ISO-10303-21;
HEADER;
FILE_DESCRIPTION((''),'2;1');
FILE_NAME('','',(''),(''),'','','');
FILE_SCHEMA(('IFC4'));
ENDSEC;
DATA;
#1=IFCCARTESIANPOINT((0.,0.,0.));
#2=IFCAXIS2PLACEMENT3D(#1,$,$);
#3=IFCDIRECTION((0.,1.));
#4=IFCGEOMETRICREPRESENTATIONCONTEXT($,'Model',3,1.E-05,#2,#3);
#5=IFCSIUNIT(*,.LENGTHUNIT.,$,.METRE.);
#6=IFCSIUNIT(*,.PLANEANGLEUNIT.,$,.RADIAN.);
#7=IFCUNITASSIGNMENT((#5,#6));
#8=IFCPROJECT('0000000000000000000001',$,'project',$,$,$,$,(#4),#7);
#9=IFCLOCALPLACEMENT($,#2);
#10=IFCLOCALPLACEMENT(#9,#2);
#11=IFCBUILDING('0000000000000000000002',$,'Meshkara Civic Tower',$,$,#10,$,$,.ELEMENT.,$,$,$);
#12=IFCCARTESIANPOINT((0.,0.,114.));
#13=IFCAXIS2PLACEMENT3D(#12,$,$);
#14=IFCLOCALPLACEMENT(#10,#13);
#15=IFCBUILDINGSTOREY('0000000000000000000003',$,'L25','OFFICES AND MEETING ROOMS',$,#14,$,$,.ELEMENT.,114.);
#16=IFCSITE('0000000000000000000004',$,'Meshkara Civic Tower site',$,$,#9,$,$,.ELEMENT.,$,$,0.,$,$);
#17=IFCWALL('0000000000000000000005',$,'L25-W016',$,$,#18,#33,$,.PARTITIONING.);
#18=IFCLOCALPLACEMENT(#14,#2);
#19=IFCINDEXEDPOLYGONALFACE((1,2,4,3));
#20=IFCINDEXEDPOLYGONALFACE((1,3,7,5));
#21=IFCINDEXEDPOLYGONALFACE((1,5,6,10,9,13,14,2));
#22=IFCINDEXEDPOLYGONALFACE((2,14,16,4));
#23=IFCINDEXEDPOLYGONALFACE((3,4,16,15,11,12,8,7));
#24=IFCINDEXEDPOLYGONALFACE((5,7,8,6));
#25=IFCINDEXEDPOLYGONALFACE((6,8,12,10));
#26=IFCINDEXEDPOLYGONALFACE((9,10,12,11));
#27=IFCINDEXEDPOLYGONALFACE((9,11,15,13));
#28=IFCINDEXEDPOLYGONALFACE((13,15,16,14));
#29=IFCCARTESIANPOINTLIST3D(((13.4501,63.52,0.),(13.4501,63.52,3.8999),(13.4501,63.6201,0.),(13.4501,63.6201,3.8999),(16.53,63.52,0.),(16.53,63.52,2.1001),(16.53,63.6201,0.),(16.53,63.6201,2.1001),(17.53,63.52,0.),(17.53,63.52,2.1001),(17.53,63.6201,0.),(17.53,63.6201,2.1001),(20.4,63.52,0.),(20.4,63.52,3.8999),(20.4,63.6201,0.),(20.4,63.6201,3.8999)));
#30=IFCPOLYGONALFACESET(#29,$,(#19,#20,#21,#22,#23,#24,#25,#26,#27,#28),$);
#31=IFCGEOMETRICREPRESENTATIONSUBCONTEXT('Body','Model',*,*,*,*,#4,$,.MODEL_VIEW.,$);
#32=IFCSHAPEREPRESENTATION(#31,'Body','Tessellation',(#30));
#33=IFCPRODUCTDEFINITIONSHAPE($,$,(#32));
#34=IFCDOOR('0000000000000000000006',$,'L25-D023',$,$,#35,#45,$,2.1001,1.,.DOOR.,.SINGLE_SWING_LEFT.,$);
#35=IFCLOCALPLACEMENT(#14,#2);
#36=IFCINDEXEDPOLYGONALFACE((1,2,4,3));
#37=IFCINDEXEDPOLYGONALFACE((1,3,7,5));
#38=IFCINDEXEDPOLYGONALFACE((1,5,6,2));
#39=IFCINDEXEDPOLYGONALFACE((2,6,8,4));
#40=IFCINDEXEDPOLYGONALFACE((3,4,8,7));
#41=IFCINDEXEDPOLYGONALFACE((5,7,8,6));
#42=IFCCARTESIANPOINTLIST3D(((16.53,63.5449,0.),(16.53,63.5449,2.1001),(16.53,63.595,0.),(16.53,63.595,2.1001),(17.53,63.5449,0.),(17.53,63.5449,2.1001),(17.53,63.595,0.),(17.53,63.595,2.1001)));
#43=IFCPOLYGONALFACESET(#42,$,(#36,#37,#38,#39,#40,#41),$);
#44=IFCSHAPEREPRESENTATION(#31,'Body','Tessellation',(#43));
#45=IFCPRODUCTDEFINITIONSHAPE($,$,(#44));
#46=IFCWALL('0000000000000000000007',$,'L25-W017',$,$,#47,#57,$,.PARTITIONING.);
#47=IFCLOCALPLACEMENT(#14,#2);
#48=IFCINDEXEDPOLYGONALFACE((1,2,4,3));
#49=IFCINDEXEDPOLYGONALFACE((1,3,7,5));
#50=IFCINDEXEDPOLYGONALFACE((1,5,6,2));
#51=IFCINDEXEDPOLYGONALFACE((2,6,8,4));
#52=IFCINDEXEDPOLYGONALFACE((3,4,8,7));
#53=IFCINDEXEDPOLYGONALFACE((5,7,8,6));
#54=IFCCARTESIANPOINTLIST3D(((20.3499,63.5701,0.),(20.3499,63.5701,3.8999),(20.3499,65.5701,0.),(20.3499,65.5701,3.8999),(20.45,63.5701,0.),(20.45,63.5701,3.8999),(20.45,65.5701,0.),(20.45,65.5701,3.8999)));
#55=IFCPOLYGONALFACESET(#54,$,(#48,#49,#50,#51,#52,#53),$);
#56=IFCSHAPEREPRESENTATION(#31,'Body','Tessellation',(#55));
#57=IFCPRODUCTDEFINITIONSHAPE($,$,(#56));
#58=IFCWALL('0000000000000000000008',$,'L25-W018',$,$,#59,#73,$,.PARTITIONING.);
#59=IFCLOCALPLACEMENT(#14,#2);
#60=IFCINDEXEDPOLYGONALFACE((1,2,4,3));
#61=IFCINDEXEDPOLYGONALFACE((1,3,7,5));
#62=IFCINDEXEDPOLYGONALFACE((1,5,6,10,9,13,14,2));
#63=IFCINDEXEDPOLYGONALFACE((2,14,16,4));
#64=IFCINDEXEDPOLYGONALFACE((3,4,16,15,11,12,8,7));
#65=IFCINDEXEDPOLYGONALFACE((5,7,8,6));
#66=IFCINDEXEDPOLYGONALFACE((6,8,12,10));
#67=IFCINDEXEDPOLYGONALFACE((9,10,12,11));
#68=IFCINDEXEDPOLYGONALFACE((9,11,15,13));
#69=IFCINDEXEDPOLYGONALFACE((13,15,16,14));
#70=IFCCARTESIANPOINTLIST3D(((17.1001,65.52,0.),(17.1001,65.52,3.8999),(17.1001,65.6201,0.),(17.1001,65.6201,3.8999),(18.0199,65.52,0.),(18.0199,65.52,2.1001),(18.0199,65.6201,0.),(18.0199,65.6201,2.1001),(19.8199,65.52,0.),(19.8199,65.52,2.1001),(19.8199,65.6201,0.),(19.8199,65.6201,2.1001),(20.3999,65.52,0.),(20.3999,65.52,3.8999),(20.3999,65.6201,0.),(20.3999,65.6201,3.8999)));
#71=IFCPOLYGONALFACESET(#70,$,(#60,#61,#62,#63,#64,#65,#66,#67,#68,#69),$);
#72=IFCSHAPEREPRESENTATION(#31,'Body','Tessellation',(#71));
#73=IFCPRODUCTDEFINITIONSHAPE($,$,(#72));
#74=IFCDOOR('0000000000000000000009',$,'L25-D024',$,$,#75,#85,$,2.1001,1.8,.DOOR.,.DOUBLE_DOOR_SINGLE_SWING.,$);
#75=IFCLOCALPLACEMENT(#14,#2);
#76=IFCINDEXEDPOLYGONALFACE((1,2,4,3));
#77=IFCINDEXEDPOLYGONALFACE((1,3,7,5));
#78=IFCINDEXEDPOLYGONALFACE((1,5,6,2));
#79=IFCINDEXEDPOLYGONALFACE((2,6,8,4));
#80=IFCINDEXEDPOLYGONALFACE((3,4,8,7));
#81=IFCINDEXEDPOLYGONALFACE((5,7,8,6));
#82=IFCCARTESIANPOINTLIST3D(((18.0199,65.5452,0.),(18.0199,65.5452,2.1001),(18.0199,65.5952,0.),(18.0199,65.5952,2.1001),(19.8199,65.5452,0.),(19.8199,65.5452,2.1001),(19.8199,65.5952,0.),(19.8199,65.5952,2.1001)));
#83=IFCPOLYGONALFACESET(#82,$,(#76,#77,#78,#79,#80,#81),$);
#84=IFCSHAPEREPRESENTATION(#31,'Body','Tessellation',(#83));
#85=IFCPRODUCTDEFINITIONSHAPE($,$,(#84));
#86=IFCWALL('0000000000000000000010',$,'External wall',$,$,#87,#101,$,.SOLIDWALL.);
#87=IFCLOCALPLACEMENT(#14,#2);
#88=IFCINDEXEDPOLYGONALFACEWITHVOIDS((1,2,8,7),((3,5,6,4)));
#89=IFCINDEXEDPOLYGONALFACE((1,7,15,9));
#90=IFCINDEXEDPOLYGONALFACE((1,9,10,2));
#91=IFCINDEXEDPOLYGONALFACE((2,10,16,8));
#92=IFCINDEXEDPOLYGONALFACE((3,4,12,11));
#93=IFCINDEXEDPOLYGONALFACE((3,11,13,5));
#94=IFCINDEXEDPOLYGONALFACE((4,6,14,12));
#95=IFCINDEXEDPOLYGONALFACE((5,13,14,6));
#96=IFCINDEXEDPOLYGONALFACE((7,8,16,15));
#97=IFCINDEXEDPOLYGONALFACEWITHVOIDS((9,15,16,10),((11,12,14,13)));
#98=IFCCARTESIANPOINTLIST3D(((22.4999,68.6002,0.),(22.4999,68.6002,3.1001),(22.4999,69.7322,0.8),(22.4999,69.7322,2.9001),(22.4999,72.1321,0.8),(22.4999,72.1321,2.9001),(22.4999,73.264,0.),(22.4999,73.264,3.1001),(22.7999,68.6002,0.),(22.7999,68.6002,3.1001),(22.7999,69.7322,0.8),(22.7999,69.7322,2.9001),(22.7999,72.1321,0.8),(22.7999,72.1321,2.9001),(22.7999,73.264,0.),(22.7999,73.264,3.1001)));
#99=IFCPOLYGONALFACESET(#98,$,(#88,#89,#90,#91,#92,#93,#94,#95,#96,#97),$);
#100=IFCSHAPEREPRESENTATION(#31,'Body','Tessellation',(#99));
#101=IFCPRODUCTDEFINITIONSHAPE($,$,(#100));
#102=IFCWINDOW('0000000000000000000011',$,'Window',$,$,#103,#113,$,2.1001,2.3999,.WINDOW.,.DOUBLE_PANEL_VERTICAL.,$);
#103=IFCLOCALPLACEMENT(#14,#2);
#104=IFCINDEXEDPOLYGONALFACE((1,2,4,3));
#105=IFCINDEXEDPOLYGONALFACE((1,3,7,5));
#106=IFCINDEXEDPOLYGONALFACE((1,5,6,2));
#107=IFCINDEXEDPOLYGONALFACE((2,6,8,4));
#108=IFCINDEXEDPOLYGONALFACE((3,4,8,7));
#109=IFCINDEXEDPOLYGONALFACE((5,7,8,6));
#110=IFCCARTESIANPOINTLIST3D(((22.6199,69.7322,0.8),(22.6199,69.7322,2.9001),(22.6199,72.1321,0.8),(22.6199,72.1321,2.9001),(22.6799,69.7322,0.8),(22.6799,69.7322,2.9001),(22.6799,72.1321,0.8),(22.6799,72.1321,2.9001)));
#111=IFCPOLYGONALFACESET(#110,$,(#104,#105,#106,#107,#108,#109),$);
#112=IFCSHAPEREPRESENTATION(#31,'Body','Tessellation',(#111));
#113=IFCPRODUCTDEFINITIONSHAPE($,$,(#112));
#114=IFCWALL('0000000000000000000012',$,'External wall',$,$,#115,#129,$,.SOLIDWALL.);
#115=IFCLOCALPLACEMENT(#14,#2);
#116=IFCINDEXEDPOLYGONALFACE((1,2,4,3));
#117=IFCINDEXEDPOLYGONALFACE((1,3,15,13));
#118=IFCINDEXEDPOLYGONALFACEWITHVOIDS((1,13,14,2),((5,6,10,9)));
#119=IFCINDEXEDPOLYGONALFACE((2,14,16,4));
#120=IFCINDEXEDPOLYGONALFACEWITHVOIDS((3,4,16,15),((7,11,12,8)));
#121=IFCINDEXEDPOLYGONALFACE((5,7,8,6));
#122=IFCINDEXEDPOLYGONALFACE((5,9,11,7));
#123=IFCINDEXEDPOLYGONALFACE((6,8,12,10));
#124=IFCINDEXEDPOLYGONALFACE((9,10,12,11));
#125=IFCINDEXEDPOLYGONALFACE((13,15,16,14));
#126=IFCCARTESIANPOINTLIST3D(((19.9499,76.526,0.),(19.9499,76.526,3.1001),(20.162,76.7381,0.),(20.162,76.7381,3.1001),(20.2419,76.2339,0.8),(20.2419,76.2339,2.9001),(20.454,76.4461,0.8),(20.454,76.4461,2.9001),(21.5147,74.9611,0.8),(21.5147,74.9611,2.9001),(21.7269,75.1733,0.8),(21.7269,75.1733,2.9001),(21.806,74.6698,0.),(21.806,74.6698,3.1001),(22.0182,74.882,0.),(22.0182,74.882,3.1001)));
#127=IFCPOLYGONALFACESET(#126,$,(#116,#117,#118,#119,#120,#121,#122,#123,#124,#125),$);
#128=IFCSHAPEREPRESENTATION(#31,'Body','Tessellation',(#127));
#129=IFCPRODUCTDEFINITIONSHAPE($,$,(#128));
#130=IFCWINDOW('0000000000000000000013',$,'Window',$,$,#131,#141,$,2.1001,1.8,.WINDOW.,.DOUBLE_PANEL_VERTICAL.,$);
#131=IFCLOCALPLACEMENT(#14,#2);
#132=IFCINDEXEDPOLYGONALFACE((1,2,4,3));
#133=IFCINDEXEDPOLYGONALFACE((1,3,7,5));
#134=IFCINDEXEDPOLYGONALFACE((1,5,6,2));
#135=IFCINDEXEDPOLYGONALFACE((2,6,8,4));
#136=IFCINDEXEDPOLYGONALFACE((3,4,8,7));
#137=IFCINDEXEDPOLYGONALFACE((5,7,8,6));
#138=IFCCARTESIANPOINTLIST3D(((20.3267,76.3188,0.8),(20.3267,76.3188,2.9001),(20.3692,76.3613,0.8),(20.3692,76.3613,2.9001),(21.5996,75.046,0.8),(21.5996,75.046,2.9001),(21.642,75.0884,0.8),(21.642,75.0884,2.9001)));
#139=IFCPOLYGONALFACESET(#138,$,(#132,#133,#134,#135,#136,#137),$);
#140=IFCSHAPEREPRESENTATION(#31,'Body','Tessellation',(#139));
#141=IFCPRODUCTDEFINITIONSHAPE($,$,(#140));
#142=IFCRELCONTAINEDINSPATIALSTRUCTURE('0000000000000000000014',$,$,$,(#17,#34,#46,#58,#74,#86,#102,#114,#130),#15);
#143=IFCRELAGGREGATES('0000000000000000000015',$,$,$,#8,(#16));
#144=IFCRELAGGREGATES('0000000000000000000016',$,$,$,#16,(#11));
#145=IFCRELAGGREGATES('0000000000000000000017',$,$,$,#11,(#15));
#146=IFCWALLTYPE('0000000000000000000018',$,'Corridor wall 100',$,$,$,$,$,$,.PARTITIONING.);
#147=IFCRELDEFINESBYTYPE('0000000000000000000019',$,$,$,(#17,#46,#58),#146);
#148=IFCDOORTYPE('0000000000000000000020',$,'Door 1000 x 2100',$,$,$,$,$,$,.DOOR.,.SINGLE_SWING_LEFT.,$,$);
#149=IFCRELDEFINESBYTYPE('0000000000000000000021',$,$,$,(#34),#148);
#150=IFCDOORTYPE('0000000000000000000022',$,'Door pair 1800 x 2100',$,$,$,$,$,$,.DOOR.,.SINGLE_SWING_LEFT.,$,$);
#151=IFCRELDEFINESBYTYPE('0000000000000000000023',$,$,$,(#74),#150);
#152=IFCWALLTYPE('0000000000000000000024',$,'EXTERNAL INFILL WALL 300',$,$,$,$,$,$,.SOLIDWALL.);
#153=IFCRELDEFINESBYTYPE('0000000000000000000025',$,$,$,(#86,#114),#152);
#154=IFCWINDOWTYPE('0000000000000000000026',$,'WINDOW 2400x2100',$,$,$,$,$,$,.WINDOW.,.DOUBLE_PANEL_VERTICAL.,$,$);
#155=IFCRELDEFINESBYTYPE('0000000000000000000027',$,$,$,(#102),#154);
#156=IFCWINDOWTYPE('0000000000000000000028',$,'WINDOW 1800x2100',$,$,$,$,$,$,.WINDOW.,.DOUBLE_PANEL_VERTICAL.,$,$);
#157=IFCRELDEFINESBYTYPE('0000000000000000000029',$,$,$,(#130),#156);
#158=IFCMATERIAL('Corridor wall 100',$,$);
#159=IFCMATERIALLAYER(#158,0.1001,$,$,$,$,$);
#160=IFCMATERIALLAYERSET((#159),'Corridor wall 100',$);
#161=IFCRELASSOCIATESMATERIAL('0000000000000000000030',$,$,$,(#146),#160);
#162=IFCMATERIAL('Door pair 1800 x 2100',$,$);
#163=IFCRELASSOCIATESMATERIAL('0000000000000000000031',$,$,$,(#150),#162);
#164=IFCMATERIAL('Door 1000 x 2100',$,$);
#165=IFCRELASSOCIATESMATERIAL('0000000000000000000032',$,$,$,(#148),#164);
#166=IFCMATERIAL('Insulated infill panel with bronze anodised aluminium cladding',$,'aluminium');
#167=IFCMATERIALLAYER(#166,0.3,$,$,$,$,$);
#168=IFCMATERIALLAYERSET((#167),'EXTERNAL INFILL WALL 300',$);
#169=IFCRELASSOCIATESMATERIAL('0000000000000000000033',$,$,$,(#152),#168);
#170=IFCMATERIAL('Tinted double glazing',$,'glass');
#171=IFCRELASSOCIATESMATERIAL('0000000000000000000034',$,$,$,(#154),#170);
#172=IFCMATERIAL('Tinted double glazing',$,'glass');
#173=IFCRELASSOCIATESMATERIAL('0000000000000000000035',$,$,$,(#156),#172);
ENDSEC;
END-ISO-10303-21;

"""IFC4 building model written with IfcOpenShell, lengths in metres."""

from ifc_helpers import new_model, si_unit, direction, frame, frame_2d, origin, place, context, subcontext, project, spatial, rectangle, extrude, material, layer, layer_set, type_object, element, fill, save


model = new_model("IFC4")

# Units and contexts
model_context = context("Model", 3, precision=1e-05, world=origin(), true_north=direction((0.0, 1.0)))
body_context = subcontext(model_context, "Body", "Model", "MODEL_VIEW")
ifc_project = project(units=[si_unit("LENGTHUNIT", "METRE"), si_unit("PLANEANGLEUNIT", "RADIAN")], contexts=[model_context])

# Site, building, storey
site_placement = place(None, origin())
site = spatial("IfcSite", under=ifc_project, at=site_placement, Name="Meshkara Civic Tower site", CompositionType="ELEMENT", RefElevation=0.0)
building_placement = place(site_placement, origin())
building = spatial("IfcBuilding", under=site, at=building_placement, Name="Meshkara Civic Tower", CompositionType="ELEMENT")
storey_placement = place(building_placement, frame((0.0, 0.0, 114.0)))
storey = spatial("IfcBuildingStorey", under=building, at=storey_placement, Name="L25", Description="OFFICES AND MEETING ROOMS", CompositionType="ELEMENT", Elevation=114.0)

# Wall, opening, door
ifc_material_1 = material(Name="Corridor wall 100")
ifc_layer_1 = layer(ifc_material_1, 0.1001)
ifc_layer_set_1 = layer_set([ifc_layer_1], Name="Corridor wall 100")
wall_type_1 = type_object("IfcWallType", Name="Corridor wall 100", PredefinedType="PARTITIONING", material=ifc_layer_set_1)
ifc_material_2 = material(Name="Door pair 1800 x 2100")
door_type_1 = type_object("IfcDoorType", Name="Door pair 1800 x 2100", OperationType="SINGLE_SWING_LEFT", PredefinedType="DOOR", material=ifc_material_2)
wall_1_placement = place(storey_placement, frame((13.45, 63.5701, 0.0), z_axis=(0.0, 0.0, 1.0), x_axis=(1.0, 0.0, 0.0)))
wall_1 = element("IfcWall", 1, at=wall_1_placement, inside=storey, type_object=wall_type_1, Name="L25-W016", PredefinedType="PARTITIONING", context=body_context, shape_type="SweptSolid", body=[
    extrude(rectangle(XDim=6.95, YDim=0.1001, at=frame_2d((3.4751, 0.0))), origin(), (0.0, 0.0, 1.0), 3.8999),
])
opening_1_placement = place(wall_1_placement, frame((3.0801, 0.0, 0.0)))
opening_1 = element("IfcOpeningElement", 2, at=opening_1_placement, cuts=wall_1, PredefinedType="OPENING", context=body_context, shape_type="SweptSolid", body=[
    extrude(rectangle(XDim=1.0, YDim=2.1001, at=frame_2d((0.5, 1.05))), frame((0.0, 0.0601, 0.0), z_axis=(0.0, -1.0, 0.0), x_axis=(1.0, 0.0, 0.0)), (0.0, 0.0, 1.0), 0.1201),
])
ifc_material_3 = material(Name="Door 1000 x 2100")
door_type_2 = type_object("IfcDoorType", Name="Door 1000 x 2100", OperationType="SINGLE_SWING_LEFT", PredefinedType="DOOR", material=ifc_material_3)
door_1_placement = place(opening_1_placement, origin())
door_1 = element("IfcDoor", 3, at=door_1_placement, inside=storey, type_object=door_type_2, Name="L25-D023", OperationType="SINGLE_SWING_LEFT", OverallHeight=2.1001, OverallWidth=1.0, PredefinedType="DOOR", context=body_context, shape_type="SweptSolid", body=[
    extrude(rectangle(XDim=1.0, YDim=2.1001, at=frame_2d((0.5, 1.05))), frame((0.0, 0.0249, 0.0), z_axis=(0.0, -1.0, 0.0), x_axis=(1.0, 0.0, 0.0)), (0.0, 0.0, 1.0), 0.05),
])
fill(opening_1, door_1)

# Wall
wall_2_placement = place(storey_placement, frame((20.3999, 63.5701, 0.0), z_axis=(0.0, 0.0, 1.0), x_axis=(0.0, 1.0, 0.0)))
element("IfcWall", 4, at=wall_2_placement, inside=storey, type_object=wall_type_1, Name="L25-W017", PredefinedType="PARTITIONING", context=body_context, shape_type="SweptSolid", body=[
    extrude(rectangle(XDim=2.0, YDim=0.1001, at=frame_2d((1.0, 0.0))), origin(), (0.0, 0.0, 1.0), 3.8999),
])

# Wall, opening, door
wall_3_placement = place(storey_placement, frame((20.3999, 65.5701, 0.0), z_axis=(0.0, 0.0, 1.0), x_axis=(-1.0, 0.0, 0.0)))
wall_3 = element("IfcWall", 5, at=wall_3_placement, inside=storey, type_object=wall_type_1, Name="L25-W018", PredefinedType="PARTITIONING", context=body_context, shape_type="SweptSolid", body=[
    extrude(rectangle(XDim=3.2998, YDim=0.1001, at=frame_2d((1.6499, 0.0))), origin(), (0.0, 0.0, 1.0), 3.8999),
])
opening_2_placement = place(wall_3_placement, frame((0.5801, 0.0, 0.0)))
opening_2 = element("IfcOpeningElement", 6, at=opening_2_placement, cuts=wall_3, PredefinedType="OPENING", context=body_context, shape_type="SweptSolid", body=[
    extrude(rectangle(XDim=1.8, YDim=2.1001, at=frame_2d((0.8999, 1.05))), frame((0.0, 0.0601, 0.0), z_axis=(0.0, -1.0, 0.0), x_axis=(1.0, 0.0, 0.0)), (0.0, 0.0, 1.0), 0.1201),
])
door_2_placement = place(opening_2_placement, origin())
door_2 = element("IfcDoor", 7, at=door_2_placement, inside=storey, type_object=door_type_1, Name="L25-D024", OperationType="DOUBLE_DOOR_SINGLE_SWING", OverallHeight=2.1001, OverallWidth=1.8, PredefinedType="DOOR", context=body_context, shape_type="SweptSolid", body=[
    extrude(rectangle(XDim=1.8, YDim=2.1001, at=frame_2d((0.8999, 1.05))), frame((0.0, 0.0249, 0.0), z_axis=(0.0, -1.0, 0.0), x_axis=(1.0, 0.0, 0.0)), (0.0, 0.0, 1.0), 0.05),
])
fill(opening_2, door_2)

# Walls, openings, windows
ifc_material_4 = material(Name="Insulated infill panel with bronze anodised aluminium cladding", Category="aluminium")
ifc_layer_2 = layer(ifc_material_4, 0.3)
ifc_layer_set_2 = layer_set([ifc_layer_2], Name="EXTERNAL INFILL WALL 300")
wall_type_2 = type_object("IfcWallType", Name="EXTERNAL INFILL WALL 300", PredefinedType="SOLIDWALL", material=ifc_layer_set_2)
wall_4_placement = place(storey_placement, frame((22.6499, 68.6001, 0.0), z_axis=(0.0, 0.0, 1.0), x_axis=(0.0, 1.0, 0.0)))
wall_4 = element("IfcWall", 8, at=wall_4_placement, inside=storey, type_object=wall_type_2, Name="External wall", PredefinedType="SOLIDWALL", context=body_context, shape_type="SweptSolid", body=[
    extrude(rectangle(XDim=4.6638, YDim=0.3, at=frame_2d((2.332, 0.0))), origin(), (0.0, 0.0, 1.0), 3.1001),
])
opening_3_placement = place(wall_4_placement, frame((1.1321, 0.0, 0.8)))
opening_3 = element("IfcOpeningElement", 9, at=opening_3_placement, cuts=wall_4, PredefinedType="OPENING", context=body_context, shape_type="SweptSolid", body=[
    extrude(rectangle(XDim=2.3999, YDim=2.1001, at=frame_2d((1.2, 1.05))), frame((0.0, 0.1599, 0.0), z_axis=(0.0, -1.0, 0.0), x_axis=(1.0, 0.0, 0.0)), (0.0, 0.0, 1.0), 0.3201),
])
ifc_material_5 = material(Name="Tinted double glazing", Category="glass")
window_type_1 = type_object("IfcWindowType", Name="WINDOW 2400x2100", PartitioningType="DOUBLE_PANEL_VERTICAL", PredefinedType="WINDOW", material=ifc_material_5)
window_1_placement = place(opening_3_placement, origin())
window_1 = element("IfcWindow", 10, at=window_1_placement, inside=storey, type_object=window_type_1, Name="Window", OverallHeight=2.1001, OverallWidth=2.3999, PartitioningType="DOUBLE_PANEL_VERTICAL", PredefinedType="WINDOW", context=body_context, shape_type="SweptSolid", body=[
    extrude(rectangle(XDim=2.3999, YDim=2.1001, at=frame_2d((1.2, 1.05))), frame((0.0, 0.03, 0.0), z_axis=(0.0, -1.0, 0.0), x_axis=(1.0, 0.0, 0.0)), (0.0, 0.0, 1.0), 0.0601),
])
fill(opening_3, window_1)
wall_5_placement = place(storey_placement, frame((21.9121, 74.7759, 0.0), z_axis=(0.0, 0.0, 1.0), x_axis=(-0.707107, 0.707107, 0.0)))
wall_5 = element("IfcWall", 11, at=wall_5_placement, inside=storey, type_object=wall_type_2, Name="External wall", PredefinedType="SOLIDWALL", context=body_context, shape_type="SweptSolid", body=[
    extrude(rectangle(XDim=2.625, YDim=0.3, at=frame_2d((1.3125, 0.0))), origin(), (0.0, 0.0, 1.0), 3.1001),
])
opening_4_placement = place(wall_5_placement, frame((0.4121, 0.0, 0.8)))
opening_4 = element("IfcOpeningElement", 12, at=opening_4_placement, cuts=wall_5, PredefinedType="OPENING", context=body_context, shape_type="SweptSolid", body=[
    extrude(rectangle(XDim=1.8, YDim=2.1001, at=frame_2d((0.8999, 1.05))), frame((0.0, 0.1599, 0.0), z_axis=(0.0, -1.0, 0.0), x_axis=(1.0, 0.0, 0.0)), (0.0, 0.0, 1.0), 0.3201),
])
ifc_material_6 = material(Name="Tinted double glazing", Category="glass")
window_type_2 = type_object("IfcWindowType", Name="WINDOW 1800x2100", PartitioningType="DOUBLE_PANEL_VERTICAL", PredefinedType="WINDOW", material=ifc_material_6)
window_2_placement = place(opening_4_placement, origin())
window_2 = element("IfcWindow", 13, at=window_2_placement, inside=storey, type_object=window_type_2, Name="Window", OverallHeight=2.1001, OverallWidth=1.8, PartitioningType="DOUBLE_PANEL_VERTICAL", PredefinedType="WINDOW", context=body_context, shape_type="SweptSolid", body=[
    extrude(rectangle(XDim=1.8, YDim=2.1001, at=frame_2d((0.8999, 1.05))), frame((0.0, 0.03, 0.0), z_axis=(0.0, -1.0, 0.0), x_axis=(1.0, 0.0, 0.0)), (0.0, 0.0, 1.0), 0.0601),
])
fill(opening_4, window_2)

save(model, "model.ifc")
